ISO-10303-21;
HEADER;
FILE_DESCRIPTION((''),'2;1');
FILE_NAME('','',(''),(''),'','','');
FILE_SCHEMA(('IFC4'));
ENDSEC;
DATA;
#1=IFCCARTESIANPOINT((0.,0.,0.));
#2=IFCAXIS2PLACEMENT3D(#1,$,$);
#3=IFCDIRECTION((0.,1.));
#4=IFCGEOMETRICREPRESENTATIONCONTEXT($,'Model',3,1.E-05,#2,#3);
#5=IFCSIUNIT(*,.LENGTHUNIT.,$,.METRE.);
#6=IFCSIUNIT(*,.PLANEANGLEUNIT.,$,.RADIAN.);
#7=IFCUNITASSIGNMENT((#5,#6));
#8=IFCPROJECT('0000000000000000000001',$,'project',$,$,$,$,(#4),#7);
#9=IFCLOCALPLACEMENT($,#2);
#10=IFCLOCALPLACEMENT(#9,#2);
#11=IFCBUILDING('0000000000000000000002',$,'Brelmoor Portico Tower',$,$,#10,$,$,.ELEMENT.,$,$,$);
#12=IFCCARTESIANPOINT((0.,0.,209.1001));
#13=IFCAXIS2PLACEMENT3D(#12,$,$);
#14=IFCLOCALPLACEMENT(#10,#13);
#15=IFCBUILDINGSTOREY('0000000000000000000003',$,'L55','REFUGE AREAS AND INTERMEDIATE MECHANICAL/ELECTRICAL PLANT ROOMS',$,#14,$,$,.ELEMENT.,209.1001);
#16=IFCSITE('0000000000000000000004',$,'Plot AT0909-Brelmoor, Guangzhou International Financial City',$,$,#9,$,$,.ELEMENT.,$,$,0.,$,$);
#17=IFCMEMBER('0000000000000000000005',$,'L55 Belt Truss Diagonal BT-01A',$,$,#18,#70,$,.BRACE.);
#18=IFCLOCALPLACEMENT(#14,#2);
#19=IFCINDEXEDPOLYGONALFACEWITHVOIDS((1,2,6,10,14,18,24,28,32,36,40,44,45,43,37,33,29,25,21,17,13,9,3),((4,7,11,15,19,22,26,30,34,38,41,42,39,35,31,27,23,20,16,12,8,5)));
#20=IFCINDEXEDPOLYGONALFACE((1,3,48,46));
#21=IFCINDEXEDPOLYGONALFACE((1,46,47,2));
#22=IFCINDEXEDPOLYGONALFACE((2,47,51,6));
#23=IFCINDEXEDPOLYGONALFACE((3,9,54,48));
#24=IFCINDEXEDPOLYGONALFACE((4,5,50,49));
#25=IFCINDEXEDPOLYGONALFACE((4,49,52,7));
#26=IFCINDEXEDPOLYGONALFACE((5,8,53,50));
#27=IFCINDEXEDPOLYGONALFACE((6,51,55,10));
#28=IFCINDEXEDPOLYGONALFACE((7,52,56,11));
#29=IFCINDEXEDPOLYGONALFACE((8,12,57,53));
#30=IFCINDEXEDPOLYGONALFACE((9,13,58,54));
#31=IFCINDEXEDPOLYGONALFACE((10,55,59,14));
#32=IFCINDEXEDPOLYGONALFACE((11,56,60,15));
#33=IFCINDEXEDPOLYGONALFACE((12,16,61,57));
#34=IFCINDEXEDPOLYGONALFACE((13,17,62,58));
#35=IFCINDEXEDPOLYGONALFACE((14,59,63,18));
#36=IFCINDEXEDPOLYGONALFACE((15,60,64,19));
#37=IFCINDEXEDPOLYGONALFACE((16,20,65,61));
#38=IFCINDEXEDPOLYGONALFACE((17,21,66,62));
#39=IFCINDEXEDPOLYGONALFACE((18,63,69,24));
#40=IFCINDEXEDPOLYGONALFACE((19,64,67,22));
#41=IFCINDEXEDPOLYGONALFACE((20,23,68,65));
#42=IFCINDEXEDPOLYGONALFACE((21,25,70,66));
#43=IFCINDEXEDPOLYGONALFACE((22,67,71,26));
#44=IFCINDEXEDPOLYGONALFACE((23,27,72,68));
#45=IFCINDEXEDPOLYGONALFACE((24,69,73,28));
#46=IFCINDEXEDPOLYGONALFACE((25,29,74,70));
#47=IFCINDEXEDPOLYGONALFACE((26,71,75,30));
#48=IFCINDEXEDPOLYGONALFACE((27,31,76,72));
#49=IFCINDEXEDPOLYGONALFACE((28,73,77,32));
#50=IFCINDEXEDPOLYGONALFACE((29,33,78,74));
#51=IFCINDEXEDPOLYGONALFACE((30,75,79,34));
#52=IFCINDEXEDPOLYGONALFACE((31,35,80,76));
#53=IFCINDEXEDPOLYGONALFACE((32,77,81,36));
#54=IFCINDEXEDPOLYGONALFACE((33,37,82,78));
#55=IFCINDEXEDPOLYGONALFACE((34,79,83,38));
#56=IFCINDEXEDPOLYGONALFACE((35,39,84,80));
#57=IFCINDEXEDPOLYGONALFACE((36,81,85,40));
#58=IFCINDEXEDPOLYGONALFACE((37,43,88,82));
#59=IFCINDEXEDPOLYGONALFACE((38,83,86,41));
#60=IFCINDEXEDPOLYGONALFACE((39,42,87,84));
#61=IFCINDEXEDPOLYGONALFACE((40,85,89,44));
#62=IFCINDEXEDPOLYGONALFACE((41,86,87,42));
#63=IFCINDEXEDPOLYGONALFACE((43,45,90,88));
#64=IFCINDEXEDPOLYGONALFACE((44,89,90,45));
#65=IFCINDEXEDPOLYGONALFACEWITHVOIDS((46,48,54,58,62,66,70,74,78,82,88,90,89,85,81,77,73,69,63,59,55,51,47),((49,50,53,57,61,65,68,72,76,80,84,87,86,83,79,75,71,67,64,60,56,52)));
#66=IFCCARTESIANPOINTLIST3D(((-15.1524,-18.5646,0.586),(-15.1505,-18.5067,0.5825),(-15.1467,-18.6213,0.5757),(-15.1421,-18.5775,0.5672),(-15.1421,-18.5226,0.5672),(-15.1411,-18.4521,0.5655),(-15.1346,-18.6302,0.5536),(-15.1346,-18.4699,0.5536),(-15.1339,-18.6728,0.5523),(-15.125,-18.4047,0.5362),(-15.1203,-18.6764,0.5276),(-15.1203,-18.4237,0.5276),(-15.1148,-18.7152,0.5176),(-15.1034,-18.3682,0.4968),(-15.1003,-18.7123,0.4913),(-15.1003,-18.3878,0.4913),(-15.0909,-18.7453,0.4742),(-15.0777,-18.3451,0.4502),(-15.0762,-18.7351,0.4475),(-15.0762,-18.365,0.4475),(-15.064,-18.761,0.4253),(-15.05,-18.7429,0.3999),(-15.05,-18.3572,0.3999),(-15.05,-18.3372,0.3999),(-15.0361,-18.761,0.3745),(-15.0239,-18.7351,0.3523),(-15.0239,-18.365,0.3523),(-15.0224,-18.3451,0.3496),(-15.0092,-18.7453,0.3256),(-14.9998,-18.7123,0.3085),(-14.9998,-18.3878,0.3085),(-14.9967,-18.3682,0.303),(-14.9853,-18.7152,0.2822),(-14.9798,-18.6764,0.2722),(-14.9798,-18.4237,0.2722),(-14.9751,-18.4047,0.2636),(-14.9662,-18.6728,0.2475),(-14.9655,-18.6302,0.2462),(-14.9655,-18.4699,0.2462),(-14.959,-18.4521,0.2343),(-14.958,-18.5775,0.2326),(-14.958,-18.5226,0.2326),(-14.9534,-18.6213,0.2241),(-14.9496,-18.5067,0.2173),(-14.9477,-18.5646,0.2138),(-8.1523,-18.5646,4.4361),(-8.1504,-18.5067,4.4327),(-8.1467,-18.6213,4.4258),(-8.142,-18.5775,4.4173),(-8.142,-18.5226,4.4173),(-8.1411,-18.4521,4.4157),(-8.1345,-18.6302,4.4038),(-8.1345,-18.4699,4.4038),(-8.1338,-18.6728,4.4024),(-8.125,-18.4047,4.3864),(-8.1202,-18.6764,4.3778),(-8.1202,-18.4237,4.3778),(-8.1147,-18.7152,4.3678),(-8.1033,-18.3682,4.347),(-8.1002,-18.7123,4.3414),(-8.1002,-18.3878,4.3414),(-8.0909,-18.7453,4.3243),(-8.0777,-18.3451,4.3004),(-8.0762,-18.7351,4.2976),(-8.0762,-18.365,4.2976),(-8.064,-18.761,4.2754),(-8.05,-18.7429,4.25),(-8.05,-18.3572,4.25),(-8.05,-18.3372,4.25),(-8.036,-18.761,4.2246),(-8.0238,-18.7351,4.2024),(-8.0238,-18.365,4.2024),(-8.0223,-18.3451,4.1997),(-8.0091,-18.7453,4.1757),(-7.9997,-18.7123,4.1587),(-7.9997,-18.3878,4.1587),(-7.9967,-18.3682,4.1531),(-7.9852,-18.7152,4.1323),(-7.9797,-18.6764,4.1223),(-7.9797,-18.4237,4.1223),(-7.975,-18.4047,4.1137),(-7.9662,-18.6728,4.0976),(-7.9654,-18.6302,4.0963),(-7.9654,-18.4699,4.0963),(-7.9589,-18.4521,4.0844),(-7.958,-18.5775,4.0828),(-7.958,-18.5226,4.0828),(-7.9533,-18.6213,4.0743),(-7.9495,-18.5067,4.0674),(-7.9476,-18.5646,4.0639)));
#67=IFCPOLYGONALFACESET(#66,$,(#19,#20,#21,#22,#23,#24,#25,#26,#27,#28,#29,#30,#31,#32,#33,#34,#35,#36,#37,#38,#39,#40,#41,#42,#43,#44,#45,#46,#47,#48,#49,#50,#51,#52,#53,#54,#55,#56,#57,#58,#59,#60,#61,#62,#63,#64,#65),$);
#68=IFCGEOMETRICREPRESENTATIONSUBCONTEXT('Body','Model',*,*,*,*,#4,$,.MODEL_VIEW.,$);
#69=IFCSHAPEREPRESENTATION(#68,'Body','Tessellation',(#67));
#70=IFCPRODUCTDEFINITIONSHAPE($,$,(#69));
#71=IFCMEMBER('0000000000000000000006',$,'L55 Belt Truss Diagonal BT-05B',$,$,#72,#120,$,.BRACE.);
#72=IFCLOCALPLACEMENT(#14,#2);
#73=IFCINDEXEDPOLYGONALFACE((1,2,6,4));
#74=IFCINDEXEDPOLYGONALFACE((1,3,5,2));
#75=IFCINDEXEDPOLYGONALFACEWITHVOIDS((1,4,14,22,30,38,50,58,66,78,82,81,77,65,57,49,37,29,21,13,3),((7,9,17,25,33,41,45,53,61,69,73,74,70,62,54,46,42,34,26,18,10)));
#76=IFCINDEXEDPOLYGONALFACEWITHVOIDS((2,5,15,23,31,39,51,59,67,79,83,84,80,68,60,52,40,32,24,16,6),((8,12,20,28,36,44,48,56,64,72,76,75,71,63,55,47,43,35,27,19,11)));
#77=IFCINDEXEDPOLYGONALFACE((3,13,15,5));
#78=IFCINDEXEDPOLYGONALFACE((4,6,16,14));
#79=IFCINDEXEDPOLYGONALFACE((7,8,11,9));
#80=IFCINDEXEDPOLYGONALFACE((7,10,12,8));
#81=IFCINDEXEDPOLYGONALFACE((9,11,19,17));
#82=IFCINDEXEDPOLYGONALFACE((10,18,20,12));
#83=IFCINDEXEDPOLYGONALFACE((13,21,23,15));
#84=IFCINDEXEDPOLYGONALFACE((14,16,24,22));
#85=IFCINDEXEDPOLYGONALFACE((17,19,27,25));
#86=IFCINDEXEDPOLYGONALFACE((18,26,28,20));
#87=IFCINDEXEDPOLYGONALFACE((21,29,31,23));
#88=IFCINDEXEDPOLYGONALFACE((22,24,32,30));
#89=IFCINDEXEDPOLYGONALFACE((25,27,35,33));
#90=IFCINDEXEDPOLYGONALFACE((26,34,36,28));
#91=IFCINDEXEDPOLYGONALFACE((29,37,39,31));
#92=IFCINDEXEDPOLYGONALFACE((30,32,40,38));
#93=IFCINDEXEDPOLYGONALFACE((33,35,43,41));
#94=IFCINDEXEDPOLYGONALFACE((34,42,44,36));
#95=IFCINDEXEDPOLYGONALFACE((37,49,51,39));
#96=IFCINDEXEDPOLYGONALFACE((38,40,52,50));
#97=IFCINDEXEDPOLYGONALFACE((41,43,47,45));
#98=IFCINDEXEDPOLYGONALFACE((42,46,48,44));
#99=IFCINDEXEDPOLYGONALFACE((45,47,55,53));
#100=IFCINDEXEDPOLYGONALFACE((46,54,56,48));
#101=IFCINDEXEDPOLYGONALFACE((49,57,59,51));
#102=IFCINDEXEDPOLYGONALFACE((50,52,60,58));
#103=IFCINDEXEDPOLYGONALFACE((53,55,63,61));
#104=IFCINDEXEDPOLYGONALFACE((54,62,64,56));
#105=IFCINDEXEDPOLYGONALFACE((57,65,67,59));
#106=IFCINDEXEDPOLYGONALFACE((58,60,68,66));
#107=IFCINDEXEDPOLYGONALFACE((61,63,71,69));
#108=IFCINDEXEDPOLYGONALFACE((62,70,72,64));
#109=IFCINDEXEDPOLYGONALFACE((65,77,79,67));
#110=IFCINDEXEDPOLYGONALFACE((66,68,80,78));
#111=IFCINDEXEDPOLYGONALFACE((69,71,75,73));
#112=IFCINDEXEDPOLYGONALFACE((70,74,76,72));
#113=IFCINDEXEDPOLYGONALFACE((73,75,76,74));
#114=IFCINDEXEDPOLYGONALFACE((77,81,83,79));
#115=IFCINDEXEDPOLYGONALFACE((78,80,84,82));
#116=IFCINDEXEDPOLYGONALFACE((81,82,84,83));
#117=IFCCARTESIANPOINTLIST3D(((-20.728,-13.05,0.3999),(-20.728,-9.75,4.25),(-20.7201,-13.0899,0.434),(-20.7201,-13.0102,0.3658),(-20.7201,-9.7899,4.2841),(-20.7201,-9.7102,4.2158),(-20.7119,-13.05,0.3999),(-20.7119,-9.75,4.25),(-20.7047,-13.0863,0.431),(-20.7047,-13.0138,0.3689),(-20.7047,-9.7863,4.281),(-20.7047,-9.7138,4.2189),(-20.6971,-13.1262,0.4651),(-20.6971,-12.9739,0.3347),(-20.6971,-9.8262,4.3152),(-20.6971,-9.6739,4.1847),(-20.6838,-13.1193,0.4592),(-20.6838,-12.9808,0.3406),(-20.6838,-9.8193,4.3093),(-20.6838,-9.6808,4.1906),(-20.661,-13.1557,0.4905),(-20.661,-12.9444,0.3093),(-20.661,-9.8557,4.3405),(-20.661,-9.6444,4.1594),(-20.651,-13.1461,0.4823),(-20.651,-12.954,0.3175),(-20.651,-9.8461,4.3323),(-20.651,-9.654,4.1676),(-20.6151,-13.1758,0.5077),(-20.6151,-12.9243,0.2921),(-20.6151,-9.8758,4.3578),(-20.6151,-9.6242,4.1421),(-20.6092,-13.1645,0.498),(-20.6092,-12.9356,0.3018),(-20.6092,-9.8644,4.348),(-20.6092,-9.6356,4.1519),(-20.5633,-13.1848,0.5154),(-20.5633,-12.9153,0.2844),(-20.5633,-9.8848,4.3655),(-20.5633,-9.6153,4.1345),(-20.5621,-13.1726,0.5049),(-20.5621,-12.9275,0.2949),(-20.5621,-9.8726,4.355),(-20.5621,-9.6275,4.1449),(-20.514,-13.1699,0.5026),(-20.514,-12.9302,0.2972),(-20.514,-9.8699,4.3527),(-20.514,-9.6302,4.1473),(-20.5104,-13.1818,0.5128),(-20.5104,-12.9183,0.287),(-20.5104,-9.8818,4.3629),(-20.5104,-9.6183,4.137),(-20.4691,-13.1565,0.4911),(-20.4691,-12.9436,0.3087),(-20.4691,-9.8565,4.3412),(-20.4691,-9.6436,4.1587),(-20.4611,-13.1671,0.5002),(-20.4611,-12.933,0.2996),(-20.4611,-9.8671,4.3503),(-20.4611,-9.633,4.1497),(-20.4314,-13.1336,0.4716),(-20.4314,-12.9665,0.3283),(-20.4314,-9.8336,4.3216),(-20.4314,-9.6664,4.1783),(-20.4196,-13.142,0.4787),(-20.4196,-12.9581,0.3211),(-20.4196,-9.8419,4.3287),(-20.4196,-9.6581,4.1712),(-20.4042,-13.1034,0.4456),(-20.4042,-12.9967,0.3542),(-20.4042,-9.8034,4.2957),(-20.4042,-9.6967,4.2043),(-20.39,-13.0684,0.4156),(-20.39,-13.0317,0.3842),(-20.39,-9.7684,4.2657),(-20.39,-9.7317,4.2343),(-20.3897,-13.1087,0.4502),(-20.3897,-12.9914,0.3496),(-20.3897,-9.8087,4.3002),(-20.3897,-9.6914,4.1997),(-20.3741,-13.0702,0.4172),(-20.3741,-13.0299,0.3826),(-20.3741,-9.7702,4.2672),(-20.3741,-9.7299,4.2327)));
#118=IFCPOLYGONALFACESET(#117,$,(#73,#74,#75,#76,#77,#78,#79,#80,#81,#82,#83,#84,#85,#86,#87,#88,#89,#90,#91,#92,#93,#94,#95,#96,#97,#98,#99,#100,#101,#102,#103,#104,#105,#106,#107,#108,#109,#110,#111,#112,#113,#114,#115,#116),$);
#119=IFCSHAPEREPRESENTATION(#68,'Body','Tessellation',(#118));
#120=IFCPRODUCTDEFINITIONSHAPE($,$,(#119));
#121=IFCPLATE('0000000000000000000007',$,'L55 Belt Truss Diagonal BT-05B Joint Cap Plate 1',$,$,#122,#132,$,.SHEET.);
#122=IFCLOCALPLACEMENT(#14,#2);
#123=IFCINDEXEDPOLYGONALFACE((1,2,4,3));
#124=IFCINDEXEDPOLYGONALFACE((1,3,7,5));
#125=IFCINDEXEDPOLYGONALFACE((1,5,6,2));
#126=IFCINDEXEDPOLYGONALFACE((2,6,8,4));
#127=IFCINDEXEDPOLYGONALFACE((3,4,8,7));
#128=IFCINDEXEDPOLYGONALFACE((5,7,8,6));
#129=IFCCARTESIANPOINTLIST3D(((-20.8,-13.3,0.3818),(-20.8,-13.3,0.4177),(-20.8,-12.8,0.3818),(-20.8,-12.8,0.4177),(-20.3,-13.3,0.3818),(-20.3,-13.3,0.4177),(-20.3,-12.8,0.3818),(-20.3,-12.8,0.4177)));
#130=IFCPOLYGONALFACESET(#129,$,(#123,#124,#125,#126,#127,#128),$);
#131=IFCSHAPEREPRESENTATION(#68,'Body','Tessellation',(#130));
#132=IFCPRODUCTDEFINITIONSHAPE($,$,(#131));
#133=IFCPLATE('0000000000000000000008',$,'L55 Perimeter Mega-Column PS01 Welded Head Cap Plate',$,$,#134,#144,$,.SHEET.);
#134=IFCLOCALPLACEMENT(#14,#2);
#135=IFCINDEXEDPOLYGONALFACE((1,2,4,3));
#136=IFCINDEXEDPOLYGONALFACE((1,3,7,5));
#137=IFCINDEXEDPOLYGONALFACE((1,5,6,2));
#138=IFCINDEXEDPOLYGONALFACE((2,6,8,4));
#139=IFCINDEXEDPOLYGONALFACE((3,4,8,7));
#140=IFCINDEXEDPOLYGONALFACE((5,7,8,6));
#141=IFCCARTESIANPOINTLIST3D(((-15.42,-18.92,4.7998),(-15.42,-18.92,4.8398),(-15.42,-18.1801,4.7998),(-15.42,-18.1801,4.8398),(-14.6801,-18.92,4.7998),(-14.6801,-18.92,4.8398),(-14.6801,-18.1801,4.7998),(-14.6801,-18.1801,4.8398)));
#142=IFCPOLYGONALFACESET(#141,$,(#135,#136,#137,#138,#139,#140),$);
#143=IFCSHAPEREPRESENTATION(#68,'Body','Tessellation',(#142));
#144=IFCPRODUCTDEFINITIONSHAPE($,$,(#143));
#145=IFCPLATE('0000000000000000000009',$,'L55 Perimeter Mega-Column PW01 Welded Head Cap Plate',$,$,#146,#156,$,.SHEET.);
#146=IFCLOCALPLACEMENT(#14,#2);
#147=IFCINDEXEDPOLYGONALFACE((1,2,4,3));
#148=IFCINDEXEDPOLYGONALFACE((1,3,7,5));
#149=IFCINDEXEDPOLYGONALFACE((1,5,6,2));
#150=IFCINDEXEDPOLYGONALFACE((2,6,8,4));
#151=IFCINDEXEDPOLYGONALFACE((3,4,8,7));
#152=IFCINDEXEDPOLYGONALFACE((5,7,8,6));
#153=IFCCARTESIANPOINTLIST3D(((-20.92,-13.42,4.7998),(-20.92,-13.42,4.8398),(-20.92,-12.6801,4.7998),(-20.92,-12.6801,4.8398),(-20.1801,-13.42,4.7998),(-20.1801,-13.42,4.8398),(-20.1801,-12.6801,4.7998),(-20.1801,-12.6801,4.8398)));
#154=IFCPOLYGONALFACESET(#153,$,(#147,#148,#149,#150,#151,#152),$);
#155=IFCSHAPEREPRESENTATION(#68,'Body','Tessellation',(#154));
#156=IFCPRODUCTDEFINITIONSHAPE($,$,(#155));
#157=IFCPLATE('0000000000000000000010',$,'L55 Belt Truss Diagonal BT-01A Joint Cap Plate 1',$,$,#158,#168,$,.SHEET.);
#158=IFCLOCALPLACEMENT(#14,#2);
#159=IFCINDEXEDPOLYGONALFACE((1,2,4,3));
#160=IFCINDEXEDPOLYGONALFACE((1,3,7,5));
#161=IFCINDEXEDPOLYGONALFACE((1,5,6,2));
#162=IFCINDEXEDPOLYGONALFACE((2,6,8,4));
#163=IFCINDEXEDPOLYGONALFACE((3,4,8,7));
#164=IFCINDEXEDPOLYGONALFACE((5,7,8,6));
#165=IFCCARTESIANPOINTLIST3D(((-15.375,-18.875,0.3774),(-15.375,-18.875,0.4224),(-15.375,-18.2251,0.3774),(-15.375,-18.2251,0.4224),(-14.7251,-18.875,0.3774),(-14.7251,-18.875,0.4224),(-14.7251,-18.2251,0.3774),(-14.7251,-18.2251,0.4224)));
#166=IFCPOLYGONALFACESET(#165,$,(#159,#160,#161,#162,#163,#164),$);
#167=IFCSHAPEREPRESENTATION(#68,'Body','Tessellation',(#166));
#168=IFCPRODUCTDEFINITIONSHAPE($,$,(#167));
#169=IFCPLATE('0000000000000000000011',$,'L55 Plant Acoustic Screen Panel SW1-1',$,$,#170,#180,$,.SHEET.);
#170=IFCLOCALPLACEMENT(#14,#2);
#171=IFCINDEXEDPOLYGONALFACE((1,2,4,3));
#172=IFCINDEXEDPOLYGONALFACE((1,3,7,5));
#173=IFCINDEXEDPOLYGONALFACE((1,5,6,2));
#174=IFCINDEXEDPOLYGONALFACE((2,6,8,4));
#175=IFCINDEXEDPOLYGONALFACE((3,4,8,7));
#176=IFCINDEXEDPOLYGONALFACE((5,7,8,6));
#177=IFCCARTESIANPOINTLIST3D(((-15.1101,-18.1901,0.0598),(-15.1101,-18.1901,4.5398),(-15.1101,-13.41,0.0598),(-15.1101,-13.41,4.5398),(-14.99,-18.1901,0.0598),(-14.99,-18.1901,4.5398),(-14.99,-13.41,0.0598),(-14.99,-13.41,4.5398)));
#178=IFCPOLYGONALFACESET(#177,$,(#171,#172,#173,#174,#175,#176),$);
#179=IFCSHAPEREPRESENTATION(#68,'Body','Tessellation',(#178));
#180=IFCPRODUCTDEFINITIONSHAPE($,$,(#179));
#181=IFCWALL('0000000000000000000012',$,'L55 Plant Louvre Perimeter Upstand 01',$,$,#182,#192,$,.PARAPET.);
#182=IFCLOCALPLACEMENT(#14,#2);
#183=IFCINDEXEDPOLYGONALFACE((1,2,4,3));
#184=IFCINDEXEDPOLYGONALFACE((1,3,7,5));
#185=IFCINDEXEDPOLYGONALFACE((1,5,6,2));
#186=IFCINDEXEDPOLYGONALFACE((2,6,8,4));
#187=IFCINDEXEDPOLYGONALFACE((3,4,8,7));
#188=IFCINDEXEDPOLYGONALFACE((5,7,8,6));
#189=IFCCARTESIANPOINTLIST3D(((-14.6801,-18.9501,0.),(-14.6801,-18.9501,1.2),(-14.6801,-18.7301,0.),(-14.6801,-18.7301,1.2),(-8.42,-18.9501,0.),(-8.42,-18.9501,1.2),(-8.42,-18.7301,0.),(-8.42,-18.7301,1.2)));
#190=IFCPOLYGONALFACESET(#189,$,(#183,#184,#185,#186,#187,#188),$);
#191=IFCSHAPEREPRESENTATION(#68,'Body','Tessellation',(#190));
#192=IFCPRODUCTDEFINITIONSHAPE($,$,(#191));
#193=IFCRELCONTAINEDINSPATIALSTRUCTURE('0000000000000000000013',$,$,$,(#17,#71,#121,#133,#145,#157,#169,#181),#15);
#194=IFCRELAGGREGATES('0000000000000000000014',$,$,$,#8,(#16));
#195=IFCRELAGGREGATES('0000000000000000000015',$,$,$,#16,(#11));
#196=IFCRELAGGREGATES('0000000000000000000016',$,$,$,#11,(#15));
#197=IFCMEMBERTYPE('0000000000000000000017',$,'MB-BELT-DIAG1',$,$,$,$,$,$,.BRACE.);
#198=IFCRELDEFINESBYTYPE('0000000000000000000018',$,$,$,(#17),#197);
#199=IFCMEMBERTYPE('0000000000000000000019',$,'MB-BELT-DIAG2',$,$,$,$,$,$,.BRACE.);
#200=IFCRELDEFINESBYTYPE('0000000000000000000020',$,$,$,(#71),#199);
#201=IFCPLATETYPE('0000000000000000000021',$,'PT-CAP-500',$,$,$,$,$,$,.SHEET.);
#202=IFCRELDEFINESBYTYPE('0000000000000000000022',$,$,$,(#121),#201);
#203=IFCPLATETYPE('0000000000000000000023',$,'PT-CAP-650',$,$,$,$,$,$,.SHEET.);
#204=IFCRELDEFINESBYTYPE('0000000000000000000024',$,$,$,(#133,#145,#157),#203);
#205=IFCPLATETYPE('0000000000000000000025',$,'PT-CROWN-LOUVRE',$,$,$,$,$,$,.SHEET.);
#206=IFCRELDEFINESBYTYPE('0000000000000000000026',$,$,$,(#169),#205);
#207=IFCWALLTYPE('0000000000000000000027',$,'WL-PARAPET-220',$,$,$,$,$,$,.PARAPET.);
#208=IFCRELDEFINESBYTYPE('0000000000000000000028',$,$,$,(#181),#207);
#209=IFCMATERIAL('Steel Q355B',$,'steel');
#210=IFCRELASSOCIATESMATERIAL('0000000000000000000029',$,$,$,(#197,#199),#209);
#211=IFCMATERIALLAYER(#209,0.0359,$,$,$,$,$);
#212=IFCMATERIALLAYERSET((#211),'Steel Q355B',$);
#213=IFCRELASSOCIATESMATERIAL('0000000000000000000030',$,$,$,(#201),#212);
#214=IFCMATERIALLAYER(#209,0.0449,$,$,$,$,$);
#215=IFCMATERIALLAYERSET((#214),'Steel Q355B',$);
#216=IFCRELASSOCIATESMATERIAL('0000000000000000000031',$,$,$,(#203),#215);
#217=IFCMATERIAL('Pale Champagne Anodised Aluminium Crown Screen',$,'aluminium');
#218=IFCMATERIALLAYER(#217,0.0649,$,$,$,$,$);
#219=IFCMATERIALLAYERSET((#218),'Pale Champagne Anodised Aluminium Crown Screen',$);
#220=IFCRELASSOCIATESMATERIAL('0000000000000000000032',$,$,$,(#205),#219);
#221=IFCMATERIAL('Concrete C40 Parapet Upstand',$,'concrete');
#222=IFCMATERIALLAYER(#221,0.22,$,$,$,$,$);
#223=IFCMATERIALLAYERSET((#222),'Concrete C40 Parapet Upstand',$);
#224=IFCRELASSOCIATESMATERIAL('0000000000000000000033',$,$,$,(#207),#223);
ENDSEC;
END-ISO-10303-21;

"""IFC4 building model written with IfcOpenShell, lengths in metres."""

from ifc_helpers import new_model, si_unit, direction, frame, frame_2d, origin, origin_2d, place, context, subcontext, project, spatial, rectangle, hollow_circle, extrude, material, layer, layer_set, material_profile, profile_set, type_object, element, save


model = new_model("IFC4")

# Units and contexts
model_context = context("Model", 3, precision=1e-05, world=origin(), true_north=direction((0.0, 1.0)))
body_context = subcontext(model_context, "Body", "Model", "MODEL_VIEW")
ifc_project = project(units=[si_unit("LENGTHUNIT", "METRE"), si_unit("PLANEANGLEUNIT", "RADIAN")], contexts=[model_context])

# Site, building, storey
site_placement = place(None, origin())
site = spatial("IfcSite", under=ifc_project, at=site_placement, Name="Plot AT0909-Brelmoor, Guangzhou International Financial City", CompositionType="ELEMENT", RefElevation=0.0)
building_placement = place(site_placement, origin())
building = spatial("IfcBuilding", under=site, at=building_placement, Name="Brelmoor Portico Tower", CompositionType="ELEMENT")
storey_placement = place(building_placement, frame((0.0, 0.0, 209.1001)))
storey = spatial("IfcBuildingStorey", under=building, at=storey_placement, Name="L55", Description="REFUGE AREAS AND INTERMEDIATE MECHANICAL/ELECTRICAL PLANT ROOMS", CompositionType="ELEMENT", Elevation=209.1001)

# Shared definitions
ifc_material_1 = material(Name="Steel Q355B", Category="steel")

# Members
ifc_material_profile_1 = material_profile(ifc_material_1, hollow_circle(Radius=0.2129, WallThickness=0.02, at=origin_2d()), Name="CHS 426x20")
ifc_profile_set_1 = profile_set([ifc_material_profile_1], Name="Steel Q355B")
member_type_1 = type_object("IfcMemberType", Name="MB-BELT-DIAG1", PredefinedType="BRACE", material=ifc_profile_set_1)
member_1_placement = place(storey_placement, frame((-15.05, -18.55, 0.3999), z_axis=(0.876211, 0.0, 0.481928), x_axis=(0.0, 1.0, 0.0)))
element("IfcMember", 1, at=member_1_placement, inside=storey, type_object=member_type_1, Name="L55 Belt Truss Diagonal BT-01A", PredefinedType="BRACE", context=body_context, shape_type="SweptSolid", body=[
    extrude(hollow_circle(Radius=0.2129, WallThickness=0.02, at=origin_2d()), origin(), (0.0, 0.0, 1.0), 7.989),
])
ifc_material_profile_2 = material_profile(ifc_material_1, hollow_circle(Radius=0.178, WallThickness=0.0161, at=origin_2d()), Name="CHS 356x16")
ifc_profile_set_2 = profile_set([ifc_material_profile_2], Name="Steel Q355B")
member_type_2 = type_object("IfcMemberType", Name="MB-BELT-DIAG2", PredefinedType="BRACE", material=ifc_profile_set_2)
member_2_placement = place(storey_placement, frame((-20.55, -13.05, 0.3999), z_axis=(0.0, 0.650787, 0.75926), x_axis=(-1.0, 0.0, 0.0)))
element("IfcMember", 2, at=member_2_placement, inside=storey, type_object=member_type_2, Name="L55 Belt Truss Diagonal BT-05B", PredefinedType="BRACE", context=body_context, shape_type="SweptSolid", body=[
    extrude(hollow_circle(Radius=0.178, WallThickness=0.0161, at=origin_2d()), origin(), (0.0, 0.0, 1.0), 5.0708),
])

# Plates
ifc_layer_1 = layer(ifc_material_1, 0.0359)
ifc_layer_set_1 = layer_set([ifc_layer_1], Name="Steel Q355B")
plate_type_1 = type_object("IfcPlateType", Name="PT-CAP-500", PredefinedType="SHEET", material=ifc_layer_set_1)
plate_1_placement = place(storey_placement, frame((-20.55, -13.05, 0.3818), z_axis=(0.0, 0.0, 1.0), x_axis=(1.0, 0.0, 0.0)))
element("IfcPlate", 3, at=plate_1_placement, inside=storey, type_object=plate_type_1, Name="L55 Belt Truss Diagonal BT-05B Joint Cap Plate 1", PredefinedType="SHEET", context=body_context, shape_type="SweptSolid", body=[
    extrude(rectangle(XDim=0.5, YDim=0.5, at=origin_2d()), origin(), (0.0, 0.0, 1.0), 0.0359),
])
ifc_layer_2 = layer(ifc_material_1, 0.0449)
ifc_layer_set_2 = layer_set([ifc_layer_2], Name="Steel Q355B")
plate_type_2 = type_object("IfcPlateType", Name="PT-CAP-650", PredefinedType="SHEET", material=ifc_layer_set_2)
for number, where, z_axis, x_axis, name in (
    (4, (-15.05, -18.55, 4.7998), (0.0, 0.0, 1.0), (1.0, 0.0, 0.0), "L55 Perimeter Mega-Column PS01 Welded Head Cap Plate"),
    (5, (-20.55, -13.05, 4.7998), (0.0, 0.0, 1.0), (0.0, 1.0, 0.0), "L55 Perimeter Mega-Column PW01 Welded Head Cap Plate"),
):
    element("IfcPlate", number, at=place(storey_placement, frame(where, z_axis=z_axis, x_axis=x_axis)), inside=storey, type_object=plate_type_2, Name=name, PredefinedType="SHEET", context=body_context, shape_type="SweptSolid", body=[
        extrude(rectangle(XDim=0.74, YDim=0.74, at=origin_2d()), origin(), (0.0, 0.0, 1.0), 0.04),
    ])
plate_2_placement = place(storey_placement, frame((-15.05, -18.55, 0.3774), z_axis=(0.0, 0.0, 1.0), x_axis=(1.0, 0.0, 0.0)))
element("IfcPlate", 6, at=plate_2_placement, inside=storey, type_object=plate_type_2, Name="L55 Belt Truss Diagonal BT-01A Joint Cap Plate 1", PredefinedType="SHEET", context=body_context, shape_type="SweptSolid", body=[
    extrude(rectangle(XDim=0.6499, YDim=0.6499, at=origin_2d()), origin(), (0.0, 0.0, 1.0), 0.0449),
])
ifc_material_2 = material(Name="Pale Champagne Anodised Aluminium Crown Screen", Category="aluminium")
ifc_layer_3 = layer(ifc_material_2, 0.0649)
ifc_layer_set_3 = layer_set([ifc_layer_3], Name="Pale Champagne Anodised Aluminium Crown Screen")
plate_type_3 = type_object("IfcPlateType", Name="PT-CROWN-LOUVRE", PredefinedType="SHEET", material=ifc_layer_set_3)
plate_3_placement = place(storey_placement, frame((-15.05, -15.8, 0.0598), z_axis=(0.0, 0.0, 1.0), x_axis=(0.0, 1.0, 0.0)))
element("IfcPlate", 7, at=plate_3_placement, inside=storey, type_object=plate_type_3, Name="L55 Plant Acoustic Screen Panel SW1-1", PredefinedType="SHEET", context=body_context, shape_type="SweptSolid", body=[
    extrude(rectangle(XDim=4.78, YDim=0.1201, at=origin_2d()), origin(), (0.0, 0.0, 1.0), 4.48),
])

# Wall
ifc_material_3 = material(Name="Concrete C40 Parapet Upstand", Category="concrete")
ifc_layer_4 = layer(ifc_material_3, 0.22)
ifc_layer_set_4 = layer_set([ifc_layer_4], Name="Concrete C40 Parapet Upstand")
wall_type_1 = type_object("IfcWallType", Name="WL-PARAPET-220", PredefinedType="PARAPET", material=ifc_layer_set_4)
wall_1_placement = place(storey_placement, frame((-14.6799, -18.8401, 0.0), z_axis=(0.0, 0.0, 1.0), x_axis=(1.0, 0.0, 0.0)))
element("IfcWall", 8, at=wall_1_placement, inside=storey, type_object=wall_type_1, Name="L55 Plant Louvre Perimeter Upstand 01", PredefinedType="PARAPET", context=body_context, shape_type="SweptSolid", body=[
    extrude(rectangle(XDim=6.26, YDim=0.22, at=frame_2d((3.1299, 0.0))), origin(), (0.0, 0.0, 1.0), 1.2),
])

save(model, "model.ifc")
